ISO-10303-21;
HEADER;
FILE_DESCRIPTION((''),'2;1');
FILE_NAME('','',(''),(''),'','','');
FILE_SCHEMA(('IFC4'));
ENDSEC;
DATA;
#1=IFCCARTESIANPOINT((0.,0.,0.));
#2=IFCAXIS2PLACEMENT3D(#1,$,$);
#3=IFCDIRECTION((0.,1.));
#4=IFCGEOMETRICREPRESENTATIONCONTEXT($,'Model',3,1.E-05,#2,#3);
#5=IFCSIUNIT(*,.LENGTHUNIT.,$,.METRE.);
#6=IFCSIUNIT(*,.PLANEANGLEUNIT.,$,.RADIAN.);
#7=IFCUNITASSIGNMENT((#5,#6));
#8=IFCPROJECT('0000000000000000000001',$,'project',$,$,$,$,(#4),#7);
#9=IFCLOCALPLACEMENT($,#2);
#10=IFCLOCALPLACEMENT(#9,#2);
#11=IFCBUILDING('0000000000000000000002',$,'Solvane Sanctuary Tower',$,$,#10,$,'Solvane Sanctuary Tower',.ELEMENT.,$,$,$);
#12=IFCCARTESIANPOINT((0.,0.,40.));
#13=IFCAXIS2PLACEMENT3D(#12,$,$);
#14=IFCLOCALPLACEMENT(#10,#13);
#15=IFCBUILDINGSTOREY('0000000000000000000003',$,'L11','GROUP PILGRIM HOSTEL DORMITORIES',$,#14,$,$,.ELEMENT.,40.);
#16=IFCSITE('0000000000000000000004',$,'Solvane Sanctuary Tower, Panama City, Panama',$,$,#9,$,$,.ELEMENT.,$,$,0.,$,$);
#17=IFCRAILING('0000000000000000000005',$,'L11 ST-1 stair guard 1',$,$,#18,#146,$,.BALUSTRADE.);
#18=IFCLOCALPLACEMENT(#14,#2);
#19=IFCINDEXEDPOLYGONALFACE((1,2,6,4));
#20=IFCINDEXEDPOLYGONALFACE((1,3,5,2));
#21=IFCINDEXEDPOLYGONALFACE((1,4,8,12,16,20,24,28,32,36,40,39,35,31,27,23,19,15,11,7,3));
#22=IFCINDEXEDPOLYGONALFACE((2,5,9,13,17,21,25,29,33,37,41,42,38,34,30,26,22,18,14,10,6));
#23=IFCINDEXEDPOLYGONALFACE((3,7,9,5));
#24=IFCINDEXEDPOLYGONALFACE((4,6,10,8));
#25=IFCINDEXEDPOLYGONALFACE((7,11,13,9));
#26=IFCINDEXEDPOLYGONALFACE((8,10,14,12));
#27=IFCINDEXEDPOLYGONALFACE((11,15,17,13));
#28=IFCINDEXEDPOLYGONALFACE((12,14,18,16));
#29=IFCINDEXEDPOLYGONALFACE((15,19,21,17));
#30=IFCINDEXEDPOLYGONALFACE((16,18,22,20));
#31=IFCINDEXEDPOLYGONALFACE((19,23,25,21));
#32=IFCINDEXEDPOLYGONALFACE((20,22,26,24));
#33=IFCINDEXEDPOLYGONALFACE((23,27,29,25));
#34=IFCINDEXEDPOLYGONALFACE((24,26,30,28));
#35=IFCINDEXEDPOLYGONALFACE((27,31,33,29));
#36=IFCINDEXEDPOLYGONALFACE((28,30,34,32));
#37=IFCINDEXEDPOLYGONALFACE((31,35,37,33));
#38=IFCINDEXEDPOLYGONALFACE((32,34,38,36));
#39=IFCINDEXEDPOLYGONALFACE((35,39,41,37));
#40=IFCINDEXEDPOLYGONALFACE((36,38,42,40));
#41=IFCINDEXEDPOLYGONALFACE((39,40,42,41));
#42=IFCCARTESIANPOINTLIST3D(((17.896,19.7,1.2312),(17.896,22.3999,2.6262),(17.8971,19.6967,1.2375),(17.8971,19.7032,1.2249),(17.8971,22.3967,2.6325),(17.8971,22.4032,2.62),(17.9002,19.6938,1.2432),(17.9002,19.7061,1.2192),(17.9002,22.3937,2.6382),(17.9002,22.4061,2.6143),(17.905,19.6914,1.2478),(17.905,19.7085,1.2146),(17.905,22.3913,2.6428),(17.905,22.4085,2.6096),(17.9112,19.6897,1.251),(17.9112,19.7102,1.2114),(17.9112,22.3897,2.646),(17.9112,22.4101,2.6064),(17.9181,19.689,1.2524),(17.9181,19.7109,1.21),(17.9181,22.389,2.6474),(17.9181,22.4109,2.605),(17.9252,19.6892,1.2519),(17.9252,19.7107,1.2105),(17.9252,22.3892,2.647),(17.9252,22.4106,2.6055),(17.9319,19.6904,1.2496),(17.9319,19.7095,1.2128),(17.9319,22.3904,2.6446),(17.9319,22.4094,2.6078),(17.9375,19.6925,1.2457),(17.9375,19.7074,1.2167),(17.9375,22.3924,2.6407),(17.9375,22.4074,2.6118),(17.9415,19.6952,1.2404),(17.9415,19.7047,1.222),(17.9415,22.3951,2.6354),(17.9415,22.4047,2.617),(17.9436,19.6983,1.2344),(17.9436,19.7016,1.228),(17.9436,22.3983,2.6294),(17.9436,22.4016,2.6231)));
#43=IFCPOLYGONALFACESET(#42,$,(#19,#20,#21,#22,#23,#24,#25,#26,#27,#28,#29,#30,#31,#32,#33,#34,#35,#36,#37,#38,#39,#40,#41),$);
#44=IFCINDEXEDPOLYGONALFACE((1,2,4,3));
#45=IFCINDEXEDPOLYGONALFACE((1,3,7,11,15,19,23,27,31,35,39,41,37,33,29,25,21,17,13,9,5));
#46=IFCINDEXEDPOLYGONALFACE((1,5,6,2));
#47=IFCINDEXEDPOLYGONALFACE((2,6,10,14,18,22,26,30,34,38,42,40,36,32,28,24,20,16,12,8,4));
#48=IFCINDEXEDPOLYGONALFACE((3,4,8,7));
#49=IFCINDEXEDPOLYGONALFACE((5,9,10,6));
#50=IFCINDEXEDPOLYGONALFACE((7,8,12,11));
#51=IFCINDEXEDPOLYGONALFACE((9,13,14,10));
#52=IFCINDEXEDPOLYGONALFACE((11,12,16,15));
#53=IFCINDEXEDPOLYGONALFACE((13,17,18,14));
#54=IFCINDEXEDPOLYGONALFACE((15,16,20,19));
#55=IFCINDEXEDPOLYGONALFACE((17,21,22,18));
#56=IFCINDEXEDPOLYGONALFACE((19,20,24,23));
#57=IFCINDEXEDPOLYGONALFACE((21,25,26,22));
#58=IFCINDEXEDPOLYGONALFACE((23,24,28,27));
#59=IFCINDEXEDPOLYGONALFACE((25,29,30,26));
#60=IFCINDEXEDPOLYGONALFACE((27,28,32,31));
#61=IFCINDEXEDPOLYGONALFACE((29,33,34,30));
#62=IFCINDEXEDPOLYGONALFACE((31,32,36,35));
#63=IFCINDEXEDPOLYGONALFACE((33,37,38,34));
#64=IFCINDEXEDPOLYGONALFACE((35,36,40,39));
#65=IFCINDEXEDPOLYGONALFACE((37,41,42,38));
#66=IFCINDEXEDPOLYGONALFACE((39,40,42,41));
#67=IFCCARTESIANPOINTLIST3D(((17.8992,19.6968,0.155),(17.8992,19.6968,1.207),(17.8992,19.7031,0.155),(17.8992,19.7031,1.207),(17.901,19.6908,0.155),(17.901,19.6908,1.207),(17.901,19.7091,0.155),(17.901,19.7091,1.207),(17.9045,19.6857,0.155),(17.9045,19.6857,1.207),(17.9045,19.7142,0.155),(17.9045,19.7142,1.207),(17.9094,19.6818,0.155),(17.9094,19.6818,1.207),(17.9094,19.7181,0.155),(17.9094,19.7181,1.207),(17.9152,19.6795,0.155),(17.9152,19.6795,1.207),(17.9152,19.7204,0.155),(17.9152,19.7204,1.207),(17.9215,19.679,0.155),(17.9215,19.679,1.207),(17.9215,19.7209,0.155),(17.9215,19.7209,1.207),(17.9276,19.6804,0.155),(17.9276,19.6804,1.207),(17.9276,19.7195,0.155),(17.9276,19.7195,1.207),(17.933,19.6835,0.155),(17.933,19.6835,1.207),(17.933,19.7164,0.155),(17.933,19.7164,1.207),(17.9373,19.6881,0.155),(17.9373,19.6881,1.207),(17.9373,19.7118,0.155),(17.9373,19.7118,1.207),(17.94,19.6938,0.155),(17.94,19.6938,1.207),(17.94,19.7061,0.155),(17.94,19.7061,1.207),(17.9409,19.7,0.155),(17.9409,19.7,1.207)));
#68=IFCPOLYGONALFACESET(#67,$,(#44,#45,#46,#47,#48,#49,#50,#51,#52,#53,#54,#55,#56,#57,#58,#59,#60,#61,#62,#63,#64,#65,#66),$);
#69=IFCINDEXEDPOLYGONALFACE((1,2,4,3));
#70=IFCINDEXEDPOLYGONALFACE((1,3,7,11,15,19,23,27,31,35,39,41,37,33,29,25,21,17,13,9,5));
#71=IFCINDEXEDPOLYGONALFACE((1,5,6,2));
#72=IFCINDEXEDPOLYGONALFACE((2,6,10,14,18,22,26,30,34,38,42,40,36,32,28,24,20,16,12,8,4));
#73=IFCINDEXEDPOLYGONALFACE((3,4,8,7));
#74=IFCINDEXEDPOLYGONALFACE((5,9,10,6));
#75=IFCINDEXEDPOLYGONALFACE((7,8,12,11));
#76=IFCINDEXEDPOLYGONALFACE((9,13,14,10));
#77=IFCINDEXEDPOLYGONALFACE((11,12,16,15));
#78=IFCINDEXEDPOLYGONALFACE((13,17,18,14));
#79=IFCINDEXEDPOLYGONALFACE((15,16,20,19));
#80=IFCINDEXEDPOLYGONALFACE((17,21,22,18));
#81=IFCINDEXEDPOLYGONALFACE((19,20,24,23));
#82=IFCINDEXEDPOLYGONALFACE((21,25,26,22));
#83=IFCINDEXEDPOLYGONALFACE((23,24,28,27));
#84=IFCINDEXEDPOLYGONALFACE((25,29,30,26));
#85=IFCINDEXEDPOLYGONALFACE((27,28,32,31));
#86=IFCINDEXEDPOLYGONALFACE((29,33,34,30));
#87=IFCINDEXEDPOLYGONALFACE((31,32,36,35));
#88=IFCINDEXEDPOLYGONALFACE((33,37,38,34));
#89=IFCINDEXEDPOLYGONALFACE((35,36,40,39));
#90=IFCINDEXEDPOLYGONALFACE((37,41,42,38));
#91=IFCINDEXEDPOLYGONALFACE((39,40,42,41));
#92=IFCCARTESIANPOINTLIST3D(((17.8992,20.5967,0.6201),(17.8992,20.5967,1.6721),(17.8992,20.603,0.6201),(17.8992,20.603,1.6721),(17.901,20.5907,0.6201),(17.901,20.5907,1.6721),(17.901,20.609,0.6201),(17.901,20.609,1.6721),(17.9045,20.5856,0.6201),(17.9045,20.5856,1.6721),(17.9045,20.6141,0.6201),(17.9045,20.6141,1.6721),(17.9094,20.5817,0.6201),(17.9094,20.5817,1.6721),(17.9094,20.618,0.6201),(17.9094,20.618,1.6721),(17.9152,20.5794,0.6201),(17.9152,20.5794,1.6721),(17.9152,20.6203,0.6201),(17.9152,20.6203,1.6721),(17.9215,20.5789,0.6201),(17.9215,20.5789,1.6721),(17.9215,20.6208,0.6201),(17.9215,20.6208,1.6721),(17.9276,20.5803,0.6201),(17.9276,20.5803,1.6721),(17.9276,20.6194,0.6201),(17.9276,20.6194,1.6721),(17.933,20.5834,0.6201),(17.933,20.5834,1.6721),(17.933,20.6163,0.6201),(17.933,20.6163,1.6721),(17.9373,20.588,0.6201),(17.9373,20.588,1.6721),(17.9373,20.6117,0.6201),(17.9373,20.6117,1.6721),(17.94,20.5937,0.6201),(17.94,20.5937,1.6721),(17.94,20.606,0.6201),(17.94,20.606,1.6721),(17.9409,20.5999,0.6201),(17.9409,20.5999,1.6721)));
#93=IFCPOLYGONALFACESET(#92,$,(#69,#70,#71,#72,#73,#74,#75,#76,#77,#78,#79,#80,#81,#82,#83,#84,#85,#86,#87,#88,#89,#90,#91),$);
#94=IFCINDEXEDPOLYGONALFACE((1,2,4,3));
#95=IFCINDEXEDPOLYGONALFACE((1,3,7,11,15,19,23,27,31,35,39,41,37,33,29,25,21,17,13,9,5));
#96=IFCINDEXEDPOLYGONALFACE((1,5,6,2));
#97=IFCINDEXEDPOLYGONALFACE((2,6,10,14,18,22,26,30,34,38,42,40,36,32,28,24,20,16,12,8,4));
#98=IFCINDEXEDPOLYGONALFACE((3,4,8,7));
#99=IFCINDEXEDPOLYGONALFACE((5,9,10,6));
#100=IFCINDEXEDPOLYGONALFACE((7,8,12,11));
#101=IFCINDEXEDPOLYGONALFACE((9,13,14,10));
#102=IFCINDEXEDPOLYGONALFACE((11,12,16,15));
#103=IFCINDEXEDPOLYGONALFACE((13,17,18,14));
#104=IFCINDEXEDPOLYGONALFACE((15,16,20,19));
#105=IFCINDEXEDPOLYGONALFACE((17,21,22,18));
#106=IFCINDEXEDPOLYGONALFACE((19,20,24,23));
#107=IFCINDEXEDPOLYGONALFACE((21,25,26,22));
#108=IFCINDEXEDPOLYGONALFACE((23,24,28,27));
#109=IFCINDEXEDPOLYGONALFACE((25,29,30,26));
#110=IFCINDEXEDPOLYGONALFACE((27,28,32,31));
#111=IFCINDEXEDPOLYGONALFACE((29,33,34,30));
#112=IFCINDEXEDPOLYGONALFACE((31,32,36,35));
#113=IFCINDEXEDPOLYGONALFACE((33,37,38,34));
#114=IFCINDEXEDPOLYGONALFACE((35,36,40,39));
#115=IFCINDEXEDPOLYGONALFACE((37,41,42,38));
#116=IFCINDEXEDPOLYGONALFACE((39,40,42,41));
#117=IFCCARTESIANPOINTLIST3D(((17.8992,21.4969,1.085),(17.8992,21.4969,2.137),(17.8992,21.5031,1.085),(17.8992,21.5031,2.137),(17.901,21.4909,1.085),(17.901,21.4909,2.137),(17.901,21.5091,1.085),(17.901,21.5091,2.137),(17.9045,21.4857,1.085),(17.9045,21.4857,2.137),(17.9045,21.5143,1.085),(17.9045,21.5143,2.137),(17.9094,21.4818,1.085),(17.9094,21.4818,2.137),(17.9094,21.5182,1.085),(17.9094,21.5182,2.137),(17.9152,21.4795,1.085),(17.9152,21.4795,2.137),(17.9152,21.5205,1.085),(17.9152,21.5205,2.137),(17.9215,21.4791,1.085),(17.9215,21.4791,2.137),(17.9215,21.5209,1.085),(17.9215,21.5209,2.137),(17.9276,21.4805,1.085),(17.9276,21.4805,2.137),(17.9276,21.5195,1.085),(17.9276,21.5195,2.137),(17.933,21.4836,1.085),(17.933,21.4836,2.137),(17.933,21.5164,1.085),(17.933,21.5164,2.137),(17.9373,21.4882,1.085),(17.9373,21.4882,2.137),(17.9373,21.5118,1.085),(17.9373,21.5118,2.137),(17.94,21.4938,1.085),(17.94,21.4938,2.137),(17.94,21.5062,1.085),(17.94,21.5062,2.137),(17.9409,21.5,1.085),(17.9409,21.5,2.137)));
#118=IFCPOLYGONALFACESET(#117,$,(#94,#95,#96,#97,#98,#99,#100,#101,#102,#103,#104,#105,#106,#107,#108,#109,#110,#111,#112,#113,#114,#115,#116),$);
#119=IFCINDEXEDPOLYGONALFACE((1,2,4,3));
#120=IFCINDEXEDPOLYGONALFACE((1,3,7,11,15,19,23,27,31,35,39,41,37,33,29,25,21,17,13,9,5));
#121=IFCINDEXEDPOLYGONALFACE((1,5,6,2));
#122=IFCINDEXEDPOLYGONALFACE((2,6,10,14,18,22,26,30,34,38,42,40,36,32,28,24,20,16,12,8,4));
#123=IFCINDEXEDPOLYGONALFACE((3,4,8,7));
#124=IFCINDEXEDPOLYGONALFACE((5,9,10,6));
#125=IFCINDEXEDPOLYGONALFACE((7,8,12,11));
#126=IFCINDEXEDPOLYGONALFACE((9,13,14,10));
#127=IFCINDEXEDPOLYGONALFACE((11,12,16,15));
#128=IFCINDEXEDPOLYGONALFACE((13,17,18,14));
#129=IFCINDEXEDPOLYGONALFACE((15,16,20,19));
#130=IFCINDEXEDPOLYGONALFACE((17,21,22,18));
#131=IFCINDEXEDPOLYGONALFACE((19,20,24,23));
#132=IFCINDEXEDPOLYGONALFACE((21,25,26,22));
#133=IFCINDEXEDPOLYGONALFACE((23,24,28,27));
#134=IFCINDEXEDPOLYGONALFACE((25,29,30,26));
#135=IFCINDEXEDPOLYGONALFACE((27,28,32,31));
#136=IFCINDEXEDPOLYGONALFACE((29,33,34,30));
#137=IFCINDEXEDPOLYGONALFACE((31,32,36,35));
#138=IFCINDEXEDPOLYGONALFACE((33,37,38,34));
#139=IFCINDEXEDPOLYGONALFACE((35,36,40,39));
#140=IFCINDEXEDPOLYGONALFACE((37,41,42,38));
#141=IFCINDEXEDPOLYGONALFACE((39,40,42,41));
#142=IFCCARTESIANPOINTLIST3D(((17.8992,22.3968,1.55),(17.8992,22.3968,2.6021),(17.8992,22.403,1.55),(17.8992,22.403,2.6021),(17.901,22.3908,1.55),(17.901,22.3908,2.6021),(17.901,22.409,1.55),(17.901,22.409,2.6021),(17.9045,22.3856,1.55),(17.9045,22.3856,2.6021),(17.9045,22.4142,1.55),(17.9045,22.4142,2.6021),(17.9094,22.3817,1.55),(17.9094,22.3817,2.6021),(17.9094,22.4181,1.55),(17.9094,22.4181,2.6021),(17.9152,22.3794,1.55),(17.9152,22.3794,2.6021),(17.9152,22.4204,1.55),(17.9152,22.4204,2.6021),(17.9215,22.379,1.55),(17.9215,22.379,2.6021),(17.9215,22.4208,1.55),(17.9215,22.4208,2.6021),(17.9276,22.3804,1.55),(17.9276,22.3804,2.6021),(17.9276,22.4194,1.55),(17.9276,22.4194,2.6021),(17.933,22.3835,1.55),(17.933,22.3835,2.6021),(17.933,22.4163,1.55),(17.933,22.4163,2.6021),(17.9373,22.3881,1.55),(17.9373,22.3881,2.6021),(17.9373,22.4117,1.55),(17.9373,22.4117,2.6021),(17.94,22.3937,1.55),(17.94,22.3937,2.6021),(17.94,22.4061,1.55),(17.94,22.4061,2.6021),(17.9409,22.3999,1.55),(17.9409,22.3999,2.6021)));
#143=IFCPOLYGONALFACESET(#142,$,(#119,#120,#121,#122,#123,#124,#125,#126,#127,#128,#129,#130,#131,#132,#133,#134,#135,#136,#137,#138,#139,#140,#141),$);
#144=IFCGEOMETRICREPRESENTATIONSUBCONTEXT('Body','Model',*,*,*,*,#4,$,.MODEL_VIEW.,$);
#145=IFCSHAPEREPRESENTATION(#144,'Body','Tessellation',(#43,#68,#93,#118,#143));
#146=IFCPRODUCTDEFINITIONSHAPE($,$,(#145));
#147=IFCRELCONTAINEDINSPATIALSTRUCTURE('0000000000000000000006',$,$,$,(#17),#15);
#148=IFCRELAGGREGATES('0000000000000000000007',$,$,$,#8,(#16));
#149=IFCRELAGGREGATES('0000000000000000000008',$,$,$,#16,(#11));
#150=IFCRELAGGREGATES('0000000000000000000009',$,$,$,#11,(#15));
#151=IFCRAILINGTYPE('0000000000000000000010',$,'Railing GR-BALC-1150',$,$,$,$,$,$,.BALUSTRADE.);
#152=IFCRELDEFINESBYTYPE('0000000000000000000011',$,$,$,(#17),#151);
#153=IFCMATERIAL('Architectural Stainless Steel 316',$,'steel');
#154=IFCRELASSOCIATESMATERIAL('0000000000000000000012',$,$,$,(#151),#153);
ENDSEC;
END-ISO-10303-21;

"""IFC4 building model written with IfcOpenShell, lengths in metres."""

from ifc_helpers import new_model, si_unit, direction, frame, origin, origin_2d, place, context, subcontext, project, spatial, circle, extrude, material, type_object, element, save


model = new_model("IFC4")

# Units and contexts
model_context = context("Model", 3, precision=1e-05, world=origin(), true_north=direction((0.0, 1.0)))
body_context = subcontext(model_context, "Body", "Model", "MODEL_VIEW")
ifc_project = project(units=[si_unit("LENGTHUNIT", "METRE"), si_unit("PLANEANGLEUNIT", "RADIAN")], contexts=[model_context])

# Site, building, storey
site_placement = place(None, origin())
site = spatial("IfcSite", under=ifc_project, at=site_placement, Name="Solvane Sanctuary Tower, Panama City, Panama", CompositionType="ELEMENT", RefElevation=0.0)
building_placement = place(site_placement, origin())
building = spatial("IfcBuilding", under=site, at=building_placement, Name="Solvane Sanctuary Tower", LongName="Solvane Sanctuary Tower", CompositionType="ELEMENT")
storey_placement = place(building_placement, frame((0.0, 0.0, 40.0)))
storey = spatial("IfcBuildingStorey", under=building, at=storey_placement, Name="L11", Description="GROUP PILGRIM HOSTEL DORMITORIES", CompositionType="ELEMENT", Elevation=40.0)

# Shared definitions
ifc_material_1 = material(Name="Architectural Stainless Steel 316", Category="steel")

# Railing
railing_type = type_object("IfcRailingType", Name="Railing GR-BALC-1150", PredefinedType="BALUSTRADE", material=ifc_material_1)
railing_1_placement = place(storey_placement, frame((17.9199, 19.7, 0.155)))
element("IfcRailing", 1, at=railing_1_placement, inside=storey, type_object=railing_type, Name="L11 ST-1 stair guard 1", PredefinedType="BALUSTRADE", context=body_context, shape_type="SweptSolid", body=[
    extrude(circle(Radius=0.0239, at=origin_2d()), frame((0.0, 0.0, 1.0762), z_axis=(0.0, 0.88842, 0.459032), x_axis=(-1.0, 0.0, 0.0)), (0.0, 0.0, 1.0), 3.0391),
    extrude(circle(Radius=0.021, at=origin_2d()), origin(), (0.0, 0.0, 1.0), 1.052),
    extrude(circle(Radius=0.021, at=origin_2d()), frame((0.0, 0.8999, 0.4651)), (0.0, 0.0, 1.0), 1.052),
    extrude(circle(Radius=0.021, at=origin_2d()), frame((0.0, 1.8, 0.9299)), (0.0, 0.0, 1.0), 1.052),
    extrude(circle(Radius=0.021, at=origin_2d()), frame((0.0, 2.7, 1.395)), (0.0, 0.0, 1.0), 1.052),
])

save(model, "model.ifc")
